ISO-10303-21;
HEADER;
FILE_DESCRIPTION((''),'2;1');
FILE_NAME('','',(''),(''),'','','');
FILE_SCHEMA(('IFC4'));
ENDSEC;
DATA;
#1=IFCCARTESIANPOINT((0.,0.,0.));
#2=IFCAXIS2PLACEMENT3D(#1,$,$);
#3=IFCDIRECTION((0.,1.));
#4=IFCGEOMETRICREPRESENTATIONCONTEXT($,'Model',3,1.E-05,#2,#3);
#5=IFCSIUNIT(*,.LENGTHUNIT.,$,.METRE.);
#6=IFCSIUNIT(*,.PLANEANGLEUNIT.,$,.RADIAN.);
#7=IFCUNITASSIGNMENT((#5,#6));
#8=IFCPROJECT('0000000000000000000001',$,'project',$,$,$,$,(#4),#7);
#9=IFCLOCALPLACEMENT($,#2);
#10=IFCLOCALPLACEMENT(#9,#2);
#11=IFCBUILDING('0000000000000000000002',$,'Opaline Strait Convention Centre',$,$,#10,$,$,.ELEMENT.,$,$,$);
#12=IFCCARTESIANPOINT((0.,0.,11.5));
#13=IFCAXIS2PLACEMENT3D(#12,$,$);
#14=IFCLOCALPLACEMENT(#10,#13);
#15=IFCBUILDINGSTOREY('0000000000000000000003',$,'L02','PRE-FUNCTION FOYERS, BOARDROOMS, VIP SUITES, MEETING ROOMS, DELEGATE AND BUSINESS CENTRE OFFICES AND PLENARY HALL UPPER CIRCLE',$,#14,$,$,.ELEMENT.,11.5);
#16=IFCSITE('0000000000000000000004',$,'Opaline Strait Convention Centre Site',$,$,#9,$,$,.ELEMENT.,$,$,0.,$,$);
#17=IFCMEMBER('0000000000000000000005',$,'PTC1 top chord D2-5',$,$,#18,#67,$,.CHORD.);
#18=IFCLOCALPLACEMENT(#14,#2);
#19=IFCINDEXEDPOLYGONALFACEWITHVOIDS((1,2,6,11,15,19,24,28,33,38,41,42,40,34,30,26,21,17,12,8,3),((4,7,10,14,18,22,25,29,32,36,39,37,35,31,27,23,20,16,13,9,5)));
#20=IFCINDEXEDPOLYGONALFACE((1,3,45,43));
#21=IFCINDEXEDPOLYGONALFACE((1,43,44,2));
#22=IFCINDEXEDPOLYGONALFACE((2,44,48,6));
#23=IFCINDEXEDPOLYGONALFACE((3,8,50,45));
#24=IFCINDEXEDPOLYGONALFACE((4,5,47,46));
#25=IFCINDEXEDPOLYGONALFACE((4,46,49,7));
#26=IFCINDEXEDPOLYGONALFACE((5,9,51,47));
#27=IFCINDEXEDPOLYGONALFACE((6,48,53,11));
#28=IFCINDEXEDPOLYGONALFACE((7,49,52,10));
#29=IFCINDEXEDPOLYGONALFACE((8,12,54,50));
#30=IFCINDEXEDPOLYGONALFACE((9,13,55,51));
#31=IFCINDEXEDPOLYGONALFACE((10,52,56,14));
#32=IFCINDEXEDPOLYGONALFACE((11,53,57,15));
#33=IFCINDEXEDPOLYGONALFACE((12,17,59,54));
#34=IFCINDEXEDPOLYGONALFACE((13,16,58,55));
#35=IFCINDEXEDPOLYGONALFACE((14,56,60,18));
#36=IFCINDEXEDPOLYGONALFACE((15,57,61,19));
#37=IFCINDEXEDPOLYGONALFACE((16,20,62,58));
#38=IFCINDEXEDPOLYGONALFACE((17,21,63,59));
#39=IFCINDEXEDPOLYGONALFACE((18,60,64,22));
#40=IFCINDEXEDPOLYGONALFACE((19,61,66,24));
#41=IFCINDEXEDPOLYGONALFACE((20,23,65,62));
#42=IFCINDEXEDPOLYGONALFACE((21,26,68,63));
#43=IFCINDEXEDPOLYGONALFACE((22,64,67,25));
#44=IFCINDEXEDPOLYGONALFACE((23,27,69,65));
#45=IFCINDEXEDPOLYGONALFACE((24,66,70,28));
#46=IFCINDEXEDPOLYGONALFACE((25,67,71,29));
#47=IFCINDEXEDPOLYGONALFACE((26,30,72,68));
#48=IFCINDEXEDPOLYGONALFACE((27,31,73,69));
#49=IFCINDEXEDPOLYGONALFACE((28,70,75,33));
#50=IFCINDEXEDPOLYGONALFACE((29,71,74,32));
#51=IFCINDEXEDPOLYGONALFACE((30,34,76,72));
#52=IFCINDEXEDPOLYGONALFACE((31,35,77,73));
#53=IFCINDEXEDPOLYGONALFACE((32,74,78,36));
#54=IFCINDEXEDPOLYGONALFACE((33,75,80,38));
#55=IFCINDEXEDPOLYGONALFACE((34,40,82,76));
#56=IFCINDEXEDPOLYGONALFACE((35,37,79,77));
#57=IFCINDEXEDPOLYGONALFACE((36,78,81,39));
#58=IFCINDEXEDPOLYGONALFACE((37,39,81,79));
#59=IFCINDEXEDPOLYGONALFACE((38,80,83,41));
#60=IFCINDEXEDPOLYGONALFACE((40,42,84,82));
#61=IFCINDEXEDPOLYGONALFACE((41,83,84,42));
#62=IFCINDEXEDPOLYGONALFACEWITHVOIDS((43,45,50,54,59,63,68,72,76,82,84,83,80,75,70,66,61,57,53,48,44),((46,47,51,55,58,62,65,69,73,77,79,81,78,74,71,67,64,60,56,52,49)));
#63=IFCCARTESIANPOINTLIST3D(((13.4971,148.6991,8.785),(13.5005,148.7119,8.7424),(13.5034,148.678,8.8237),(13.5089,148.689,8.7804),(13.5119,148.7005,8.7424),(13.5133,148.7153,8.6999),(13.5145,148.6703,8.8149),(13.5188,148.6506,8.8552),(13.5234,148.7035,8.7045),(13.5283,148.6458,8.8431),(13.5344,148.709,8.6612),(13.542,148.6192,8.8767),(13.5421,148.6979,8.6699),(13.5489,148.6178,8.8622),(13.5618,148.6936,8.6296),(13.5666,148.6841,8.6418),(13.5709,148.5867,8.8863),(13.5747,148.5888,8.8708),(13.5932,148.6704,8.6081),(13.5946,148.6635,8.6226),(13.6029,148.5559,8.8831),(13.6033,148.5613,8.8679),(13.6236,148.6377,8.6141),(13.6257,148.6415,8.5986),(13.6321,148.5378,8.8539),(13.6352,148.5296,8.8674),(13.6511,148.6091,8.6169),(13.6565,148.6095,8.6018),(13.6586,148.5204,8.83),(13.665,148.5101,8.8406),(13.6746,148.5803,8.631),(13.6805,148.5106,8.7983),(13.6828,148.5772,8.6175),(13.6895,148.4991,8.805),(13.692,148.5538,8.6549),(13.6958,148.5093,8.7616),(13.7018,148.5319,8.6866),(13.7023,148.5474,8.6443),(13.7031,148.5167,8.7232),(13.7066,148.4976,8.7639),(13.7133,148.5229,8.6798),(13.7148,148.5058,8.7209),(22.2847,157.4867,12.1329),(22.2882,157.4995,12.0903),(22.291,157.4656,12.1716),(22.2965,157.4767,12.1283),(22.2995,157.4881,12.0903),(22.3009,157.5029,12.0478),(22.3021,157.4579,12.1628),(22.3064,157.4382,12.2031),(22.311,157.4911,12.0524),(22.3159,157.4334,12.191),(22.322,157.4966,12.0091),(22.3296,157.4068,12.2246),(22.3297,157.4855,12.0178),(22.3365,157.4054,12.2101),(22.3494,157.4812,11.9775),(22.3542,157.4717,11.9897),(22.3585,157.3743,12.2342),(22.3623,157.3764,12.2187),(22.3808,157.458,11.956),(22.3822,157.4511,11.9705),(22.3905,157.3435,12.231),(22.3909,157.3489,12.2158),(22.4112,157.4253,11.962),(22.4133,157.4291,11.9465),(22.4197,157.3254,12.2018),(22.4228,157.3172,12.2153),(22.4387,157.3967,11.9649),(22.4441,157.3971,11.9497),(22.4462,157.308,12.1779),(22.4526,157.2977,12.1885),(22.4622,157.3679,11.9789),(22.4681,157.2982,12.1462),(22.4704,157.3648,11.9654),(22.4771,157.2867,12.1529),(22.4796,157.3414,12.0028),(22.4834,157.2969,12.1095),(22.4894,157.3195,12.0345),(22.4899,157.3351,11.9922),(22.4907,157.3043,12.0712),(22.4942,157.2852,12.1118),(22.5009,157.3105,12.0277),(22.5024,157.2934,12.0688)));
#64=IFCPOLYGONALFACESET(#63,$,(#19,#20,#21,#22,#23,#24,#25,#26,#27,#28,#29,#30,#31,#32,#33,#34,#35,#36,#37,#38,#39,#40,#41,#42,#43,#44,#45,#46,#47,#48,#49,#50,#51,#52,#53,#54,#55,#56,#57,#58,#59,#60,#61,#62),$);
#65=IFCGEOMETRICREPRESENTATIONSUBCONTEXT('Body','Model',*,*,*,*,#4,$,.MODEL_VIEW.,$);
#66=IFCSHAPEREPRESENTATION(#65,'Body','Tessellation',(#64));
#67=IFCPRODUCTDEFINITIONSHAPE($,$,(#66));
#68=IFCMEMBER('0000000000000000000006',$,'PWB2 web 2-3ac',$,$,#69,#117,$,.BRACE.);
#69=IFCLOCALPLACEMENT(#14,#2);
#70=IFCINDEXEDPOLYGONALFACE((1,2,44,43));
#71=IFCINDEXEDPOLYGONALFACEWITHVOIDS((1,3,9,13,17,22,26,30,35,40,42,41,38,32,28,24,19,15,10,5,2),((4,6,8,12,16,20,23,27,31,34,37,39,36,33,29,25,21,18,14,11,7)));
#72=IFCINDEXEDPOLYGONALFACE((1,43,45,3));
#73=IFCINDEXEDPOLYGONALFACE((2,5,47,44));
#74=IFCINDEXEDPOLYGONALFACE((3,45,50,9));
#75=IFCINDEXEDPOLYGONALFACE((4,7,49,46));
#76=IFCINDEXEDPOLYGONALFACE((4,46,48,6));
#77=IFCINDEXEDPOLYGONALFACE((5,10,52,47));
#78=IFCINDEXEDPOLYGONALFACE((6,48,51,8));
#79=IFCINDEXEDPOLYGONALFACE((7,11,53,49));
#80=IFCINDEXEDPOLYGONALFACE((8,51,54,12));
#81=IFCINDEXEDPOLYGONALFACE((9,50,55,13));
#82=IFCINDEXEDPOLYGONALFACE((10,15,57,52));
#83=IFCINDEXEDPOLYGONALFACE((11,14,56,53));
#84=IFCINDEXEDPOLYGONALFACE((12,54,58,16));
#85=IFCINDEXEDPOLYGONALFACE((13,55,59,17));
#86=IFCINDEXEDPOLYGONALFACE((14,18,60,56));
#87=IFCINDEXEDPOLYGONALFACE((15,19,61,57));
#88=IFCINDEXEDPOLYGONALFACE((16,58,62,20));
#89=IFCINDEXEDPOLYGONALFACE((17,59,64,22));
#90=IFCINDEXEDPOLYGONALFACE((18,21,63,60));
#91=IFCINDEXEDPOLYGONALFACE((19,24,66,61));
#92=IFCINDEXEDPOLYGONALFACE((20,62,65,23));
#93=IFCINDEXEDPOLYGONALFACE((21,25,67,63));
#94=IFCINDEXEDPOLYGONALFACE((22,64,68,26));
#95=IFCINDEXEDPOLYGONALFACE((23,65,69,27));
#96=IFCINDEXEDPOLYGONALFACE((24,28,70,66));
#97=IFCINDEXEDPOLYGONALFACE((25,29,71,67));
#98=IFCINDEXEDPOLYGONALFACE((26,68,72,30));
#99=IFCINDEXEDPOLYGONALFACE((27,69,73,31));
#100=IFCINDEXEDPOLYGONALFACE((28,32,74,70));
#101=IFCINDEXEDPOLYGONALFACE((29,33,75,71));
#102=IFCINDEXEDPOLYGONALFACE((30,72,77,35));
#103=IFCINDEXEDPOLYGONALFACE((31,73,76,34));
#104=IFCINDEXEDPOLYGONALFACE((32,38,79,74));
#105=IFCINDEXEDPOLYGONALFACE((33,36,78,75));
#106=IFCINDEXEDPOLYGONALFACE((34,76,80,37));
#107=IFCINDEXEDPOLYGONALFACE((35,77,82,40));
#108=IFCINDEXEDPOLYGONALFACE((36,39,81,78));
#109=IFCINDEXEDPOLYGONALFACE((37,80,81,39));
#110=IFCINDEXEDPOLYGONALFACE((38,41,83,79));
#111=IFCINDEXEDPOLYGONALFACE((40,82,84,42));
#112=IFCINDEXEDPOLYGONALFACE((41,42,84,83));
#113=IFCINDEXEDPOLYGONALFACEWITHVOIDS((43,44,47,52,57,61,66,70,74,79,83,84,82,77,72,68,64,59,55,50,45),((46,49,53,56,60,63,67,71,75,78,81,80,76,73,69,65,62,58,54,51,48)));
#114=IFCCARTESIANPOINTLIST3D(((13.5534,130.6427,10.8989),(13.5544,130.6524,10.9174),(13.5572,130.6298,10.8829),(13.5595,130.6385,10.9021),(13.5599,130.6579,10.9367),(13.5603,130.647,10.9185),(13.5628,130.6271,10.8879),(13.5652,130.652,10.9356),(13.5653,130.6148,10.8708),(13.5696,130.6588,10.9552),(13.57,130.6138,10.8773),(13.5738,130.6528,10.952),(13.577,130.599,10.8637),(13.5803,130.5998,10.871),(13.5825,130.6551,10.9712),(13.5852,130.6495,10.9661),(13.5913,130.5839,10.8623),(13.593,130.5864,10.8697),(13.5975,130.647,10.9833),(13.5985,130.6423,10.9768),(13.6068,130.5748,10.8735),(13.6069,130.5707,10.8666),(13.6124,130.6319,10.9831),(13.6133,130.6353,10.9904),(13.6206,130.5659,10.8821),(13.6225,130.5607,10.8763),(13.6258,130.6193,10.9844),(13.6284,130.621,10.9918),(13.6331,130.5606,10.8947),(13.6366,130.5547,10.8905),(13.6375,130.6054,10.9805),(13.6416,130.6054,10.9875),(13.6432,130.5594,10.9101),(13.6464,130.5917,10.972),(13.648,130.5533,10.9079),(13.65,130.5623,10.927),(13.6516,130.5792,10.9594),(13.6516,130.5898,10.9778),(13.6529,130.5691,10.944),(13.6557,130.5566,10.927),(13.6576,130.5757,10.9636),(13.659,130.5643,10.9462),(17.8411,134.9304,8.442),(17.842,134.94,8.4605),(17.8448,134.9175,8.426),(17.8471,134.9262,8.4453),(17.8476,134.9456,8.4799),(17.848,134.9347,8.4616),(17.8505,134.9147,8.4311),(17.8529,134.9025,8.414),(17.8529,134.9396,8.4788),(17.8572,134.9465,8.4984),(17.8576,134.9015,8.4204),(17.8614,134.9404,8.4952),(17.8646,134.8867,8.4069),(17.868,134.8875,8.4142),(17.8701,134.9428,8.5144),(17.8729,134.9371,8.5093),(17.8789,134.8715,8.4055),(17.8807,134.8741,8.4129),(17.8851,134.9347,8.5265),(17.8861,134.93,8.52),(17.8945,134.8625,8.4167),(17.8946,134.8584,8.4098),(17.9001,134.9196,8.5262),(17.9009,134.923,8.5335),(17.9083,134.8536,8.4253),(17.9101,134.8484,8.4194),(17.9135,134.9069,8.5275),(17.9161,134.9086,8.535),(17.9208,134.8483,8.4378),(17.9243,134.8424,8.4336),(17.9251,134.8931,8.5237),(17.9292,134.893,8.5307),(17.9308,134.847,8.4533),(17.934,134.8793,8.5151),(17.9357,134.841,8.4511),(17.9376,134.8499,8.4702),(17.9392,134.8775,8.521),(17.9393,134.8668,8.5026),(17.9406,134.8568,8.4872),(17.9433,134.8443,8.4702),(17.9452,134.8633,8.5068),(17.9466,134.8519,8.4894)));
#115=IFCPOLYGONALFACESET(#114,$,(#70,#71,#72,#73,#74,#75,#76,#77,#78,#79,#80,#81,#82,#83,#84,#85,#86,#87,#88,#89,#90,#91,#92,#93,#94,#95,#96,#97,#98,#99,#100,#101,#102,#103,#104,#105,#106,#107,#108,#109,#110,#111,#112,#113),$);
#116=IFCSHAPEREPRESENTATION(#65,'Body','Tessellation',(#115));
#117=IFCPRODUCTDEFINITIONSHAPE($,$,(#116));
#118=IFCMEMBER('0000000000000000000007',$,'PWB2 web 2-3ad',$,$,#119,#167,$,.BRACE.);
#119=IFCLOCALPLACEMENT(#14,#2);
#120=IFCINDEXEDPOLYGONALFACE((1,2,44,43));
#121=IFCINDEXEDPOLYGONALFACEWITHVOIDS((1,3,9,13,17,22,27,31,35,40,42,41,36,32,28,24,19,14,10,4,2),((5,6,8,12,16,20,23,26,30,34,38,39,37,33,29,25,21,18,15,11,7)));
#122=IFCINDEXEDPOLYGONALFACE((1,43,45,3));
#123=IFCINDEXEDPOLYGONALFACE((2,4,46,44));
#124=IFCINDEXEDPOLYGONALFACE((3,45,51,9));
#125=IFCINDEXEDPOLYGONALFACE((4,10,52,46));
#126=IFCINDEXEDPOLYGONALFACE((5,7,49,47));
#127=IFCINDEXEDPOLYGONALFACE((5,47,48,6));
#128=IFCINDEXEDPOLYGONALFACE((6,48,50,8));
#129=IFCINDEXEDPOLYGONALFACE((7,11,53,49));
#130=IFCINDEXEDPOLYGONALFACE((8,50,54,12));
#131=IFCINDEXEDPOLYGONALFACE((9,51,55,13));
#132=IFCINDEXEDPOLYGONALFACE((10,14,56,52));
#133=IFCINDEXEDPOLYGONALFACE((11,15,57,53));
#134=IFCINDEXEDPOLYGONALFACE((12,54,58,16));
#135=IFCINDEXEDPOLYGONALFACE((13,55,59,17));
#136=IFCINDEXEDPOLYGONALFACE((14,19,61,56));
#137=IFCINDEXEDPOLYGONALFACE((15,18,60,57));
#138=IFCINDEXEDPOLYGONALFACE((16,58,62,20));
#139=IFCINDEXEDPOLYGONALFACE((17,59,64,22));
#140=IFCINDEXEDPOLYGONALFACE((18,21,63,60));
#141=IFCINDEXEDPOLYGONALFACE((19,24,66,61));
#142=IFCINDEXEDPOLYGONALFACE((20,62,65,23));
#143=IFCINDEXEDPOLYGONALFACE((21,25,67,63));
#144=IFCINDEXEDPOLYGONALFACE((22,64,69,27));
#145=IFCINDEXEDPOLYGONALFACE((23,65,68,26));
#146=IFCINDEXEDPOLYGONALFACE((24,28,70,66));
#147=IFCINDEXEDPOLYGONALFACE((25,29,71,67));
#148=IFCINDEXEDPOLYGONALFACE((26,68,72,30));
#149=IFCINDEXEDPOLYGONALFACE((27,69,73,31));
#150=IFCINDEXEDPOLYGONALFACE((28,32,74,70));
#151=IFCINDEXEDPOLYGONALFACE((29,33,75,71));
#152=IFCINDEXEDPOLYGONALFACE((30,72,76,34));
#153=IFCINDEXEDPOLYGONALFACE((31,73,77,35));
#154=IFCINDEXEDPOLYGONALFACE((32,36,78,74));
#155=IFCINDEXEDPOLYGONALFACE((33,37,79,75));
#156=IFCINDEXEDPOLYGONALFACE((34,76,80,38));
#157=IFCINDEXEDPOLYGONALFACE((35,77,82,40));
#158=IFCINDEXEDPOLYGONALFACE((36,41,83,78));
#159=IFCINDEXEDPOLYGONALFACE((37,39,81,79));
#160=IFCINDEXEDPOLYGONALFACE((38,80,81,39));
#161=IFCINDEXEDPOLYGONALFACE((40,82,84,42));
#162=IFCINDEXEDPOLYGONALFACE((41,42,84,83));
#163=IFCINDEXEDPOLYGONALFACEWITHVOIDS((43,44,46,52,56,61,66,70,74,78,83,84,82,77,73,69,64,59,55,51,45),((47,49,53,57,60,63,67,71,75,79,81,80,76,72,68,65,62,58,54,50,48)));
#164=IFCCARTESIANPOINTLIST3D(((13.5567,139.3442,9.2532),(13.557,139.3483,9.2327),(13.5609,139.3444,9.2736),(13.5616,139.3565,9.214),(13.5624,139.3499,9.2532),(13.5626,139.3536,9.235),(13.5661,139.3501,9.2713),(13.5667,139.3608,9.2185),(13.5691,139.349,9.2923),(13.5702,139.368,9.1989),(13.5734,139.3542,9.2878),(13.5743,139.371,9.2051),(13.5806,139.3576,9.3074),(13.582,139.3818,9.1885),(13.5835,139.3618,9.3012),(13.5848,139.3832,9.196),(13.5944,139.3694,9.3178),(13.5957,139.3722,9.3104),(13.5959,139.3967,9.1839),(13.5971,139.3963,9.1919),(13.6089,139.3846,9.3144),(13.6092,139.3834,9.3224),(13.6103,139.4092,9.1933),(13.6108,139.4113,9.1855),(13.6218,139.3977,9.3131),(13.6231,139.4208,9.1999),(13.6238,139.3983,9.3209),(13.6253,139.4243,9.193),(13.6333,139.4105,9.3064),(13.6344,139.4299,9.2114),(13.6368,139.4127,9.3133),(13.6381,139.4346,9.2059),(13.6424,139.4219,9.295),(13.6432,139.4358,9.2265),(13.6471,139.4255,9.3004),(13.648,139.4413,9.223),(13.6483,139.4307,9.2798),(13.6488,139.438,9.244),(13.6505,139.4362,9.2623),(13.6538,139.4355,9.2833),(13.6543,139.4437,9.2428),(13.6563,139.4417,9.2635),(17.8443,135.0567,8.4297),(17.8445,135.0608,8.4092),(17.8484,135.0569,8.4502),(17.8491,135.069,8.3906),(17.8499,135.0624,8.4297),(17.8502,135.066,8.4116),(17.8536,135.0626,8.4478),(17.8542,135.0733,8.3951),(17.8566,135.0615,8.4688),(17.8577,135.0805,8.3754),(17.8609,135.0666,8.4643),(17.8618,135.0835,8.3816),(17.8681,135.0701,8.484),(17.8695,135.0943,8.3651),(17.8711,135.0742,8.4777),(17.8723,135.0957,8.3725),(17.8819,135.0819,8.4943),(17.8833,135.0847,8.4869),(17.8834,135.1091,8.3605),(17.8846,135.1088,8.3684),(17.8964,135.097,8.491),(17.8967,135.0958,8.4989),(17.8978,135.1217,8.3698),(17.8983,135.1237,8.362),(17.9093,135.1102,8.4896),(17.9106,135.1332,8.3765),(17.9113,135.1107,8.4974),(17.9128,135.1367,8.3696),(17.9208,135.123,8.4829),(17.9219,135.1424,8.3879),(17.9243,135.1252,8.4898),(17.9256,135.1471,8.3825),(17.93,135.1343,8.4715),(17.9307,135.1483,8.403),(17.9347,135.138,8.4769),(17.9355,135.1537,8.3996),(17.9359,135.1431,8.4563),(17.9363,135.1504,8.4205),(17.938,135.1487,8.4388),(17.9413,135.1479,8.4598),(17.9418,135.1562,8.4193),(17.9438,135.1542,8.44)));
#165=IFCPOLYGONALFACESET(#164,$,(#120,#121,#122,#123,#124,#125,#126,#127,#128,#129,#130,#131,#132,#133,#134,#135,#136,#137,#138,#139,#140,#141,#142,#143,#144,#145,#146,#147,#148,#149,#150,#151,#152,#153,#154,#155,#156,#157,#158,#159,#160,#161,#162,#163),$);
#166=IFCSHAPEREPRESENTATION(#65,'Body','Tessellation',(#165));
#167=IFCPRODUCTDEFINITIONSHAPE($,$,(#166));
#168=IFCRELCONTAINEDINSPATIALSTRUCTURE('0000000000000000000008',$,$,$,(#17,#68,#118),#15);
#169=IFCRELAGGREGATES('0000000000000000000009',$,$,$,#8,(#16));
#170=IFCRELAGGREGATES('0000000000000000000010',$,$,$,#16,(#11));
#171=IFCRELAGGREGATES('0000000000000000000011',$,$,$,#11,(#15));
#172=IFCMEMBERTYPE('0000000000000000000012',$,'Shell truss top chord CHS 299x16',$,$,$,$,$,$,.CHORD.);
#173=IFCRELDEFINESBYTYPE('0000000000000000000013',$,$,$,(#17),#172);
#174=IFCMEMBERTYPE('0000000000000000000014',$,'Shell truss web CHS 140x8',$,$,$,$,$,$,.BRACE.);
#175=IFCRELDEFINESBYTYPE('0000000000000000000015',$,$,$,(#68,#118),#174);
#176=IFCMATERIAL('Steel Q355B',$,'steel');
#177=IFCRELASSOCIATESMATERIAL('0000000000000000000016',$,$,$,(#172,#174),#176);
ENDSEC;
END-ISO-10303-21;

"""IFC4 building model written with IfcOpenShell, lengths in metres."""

from ifc_helpers import new_model, si_unit, direction, frame, origin, origin_2d, place, context, subcontext, project, spatial, hollow_circle, extrude, material, material_profile, profile_set, type_object, element, save


model = new_model("IFC4")

# Units and contexts
model_context = context("Model", 3, precision=1e-05, world=origin(), true_north=direction((0.0, 1.0)))
body_context = subcontext(model_context, "Body", "Model", "MODEL_VIEW")
ifc_project = project(units=[si_unit("LENGTHUNIT", "METRE"), si_unit("PLANEANGLEUNIT", "RADIAN")], contexts=[model_context])

# Site, building, storey
site_placement = place(None, origin())
site = spatial("IfcSite", under=ifc_project, at=site_placement, Name="Opaline Strait Convention Centre Site", CompositionType="ELEMENT", RefElevation=0.0)
building_placement = place(site_placement, origin())
building = spatial("IfcBuilding", under=site, at=building_placement, Name="Opaline Strait Convention Centre", CompositionType="ELEMENT")
storey_placement = place(building_placement, frame((0.0, 0.0, 11.5)))
storey = spatial("IfcBuildingStorey", under=building, at=storey_placement, Name="L02", Description="PRE-FUNCTION FOYERS, BOARDROOMS, VIP SUITES, MEETING ROOMS, DELEGATE AND BUSINESS CENTRE OFFICES AND PLENARY HALL UPPER CIRCLE", CompositionType="ELEMENT", Elevation=11.5)

# Members
ifc_material_1 = material(Name="Steel Q355B", Category="steel")
ifc_material_profile_1 = material_profile(ifc_material_1, hollow_circle(Radius=0.1494, WallThickness=0.0161, at=origin_2d()), Name="CHS 299x16")
ifc_profile_set_1 = profile_set([ifc_material_profile_1], Name="Steel Q355B")
member_type_1 = type_object("IfcMemberType", Name="Shell truss top chord CHS 299x16", PredefinedType="CHORD", material=ifc_profile_set_1)
member_1_placement = place(storey_placement, frame((13.6062, 148.6062, 8.7424), z_axis=(0.682766, 0.682766, 0.26012), x_axis=(-0.707107, 0.707107, 0.0)))
element("IfcMember", 1, at=member_1_placement, inside=storey, type_object=member_type_1, Name="PTC1 top chord D2-5", PredefinedType="CHORD", context=body_context, shape_type="SweptSolid", body=[
    extrude(hollow_circle(Radius=0.1494, WallThickness=0.0161, at=origin_2d()), origin(), (0.0, 0.0, 1.0), 12.8706),
])
ifc_material_profile_2 = material_profile(ifc_material_1, hollow_circle(Radius=0.0701, WallThickness=0.0081, at=origin_2d()), Name="CHS 140x8")
ifc_profile_set_2 = profile_set([ifc_material_profile_2], Name="Steel Q355B")
member_type_2 = type_object("IfcMemberType", Name="Shell truss web CHS 140x8", PredefinedType="BRACE", material=ifc_profile_set_2)
member_2_placement = place(storey_placement, frame((17.8938, 134.8938, 8.4702), z_axis=(-0.655357, -0.655357, 0.375519), x_axis=(0.707107, -0.707107, 0.0)))
element("IfcMember", 2, at=member_2_placement, inside=storey, type_object=member_type_2, Name="PWB2 web 2-3ac", PredefinedType="BRACE", context=body_context, shape_type="SweptSolid", body=[
    extrude(hollow_circle(Radius=0.0701, WallThickness=0.0081, at=origin_2d()), origin(), (0.0, 0.0, 1.0), 6.5425),
])
member_3_placement = place(storey_placement, frame((17.8938, 135.1062, 8.4297), z_axis=(-0.700675, 0.700675, 0.134573), x_axis=(-0.707107, -0.707107, 0.0)))
element("IfcMember", 3, at=member_3_placement, inside=storey, type_object=member_type_2, Name="PWB2 web 2-3ad", PredefinedType="BRACE", context=body_context, shape_type="SweptSolid", body=[
    extrude(hollow_circle(Radius=0.0701, WallThickness=0.0081, at=origin_2d()), origin(), (0.0, 0.0, 1.0), 6.1191),
])

save(model, "model.ifc")
